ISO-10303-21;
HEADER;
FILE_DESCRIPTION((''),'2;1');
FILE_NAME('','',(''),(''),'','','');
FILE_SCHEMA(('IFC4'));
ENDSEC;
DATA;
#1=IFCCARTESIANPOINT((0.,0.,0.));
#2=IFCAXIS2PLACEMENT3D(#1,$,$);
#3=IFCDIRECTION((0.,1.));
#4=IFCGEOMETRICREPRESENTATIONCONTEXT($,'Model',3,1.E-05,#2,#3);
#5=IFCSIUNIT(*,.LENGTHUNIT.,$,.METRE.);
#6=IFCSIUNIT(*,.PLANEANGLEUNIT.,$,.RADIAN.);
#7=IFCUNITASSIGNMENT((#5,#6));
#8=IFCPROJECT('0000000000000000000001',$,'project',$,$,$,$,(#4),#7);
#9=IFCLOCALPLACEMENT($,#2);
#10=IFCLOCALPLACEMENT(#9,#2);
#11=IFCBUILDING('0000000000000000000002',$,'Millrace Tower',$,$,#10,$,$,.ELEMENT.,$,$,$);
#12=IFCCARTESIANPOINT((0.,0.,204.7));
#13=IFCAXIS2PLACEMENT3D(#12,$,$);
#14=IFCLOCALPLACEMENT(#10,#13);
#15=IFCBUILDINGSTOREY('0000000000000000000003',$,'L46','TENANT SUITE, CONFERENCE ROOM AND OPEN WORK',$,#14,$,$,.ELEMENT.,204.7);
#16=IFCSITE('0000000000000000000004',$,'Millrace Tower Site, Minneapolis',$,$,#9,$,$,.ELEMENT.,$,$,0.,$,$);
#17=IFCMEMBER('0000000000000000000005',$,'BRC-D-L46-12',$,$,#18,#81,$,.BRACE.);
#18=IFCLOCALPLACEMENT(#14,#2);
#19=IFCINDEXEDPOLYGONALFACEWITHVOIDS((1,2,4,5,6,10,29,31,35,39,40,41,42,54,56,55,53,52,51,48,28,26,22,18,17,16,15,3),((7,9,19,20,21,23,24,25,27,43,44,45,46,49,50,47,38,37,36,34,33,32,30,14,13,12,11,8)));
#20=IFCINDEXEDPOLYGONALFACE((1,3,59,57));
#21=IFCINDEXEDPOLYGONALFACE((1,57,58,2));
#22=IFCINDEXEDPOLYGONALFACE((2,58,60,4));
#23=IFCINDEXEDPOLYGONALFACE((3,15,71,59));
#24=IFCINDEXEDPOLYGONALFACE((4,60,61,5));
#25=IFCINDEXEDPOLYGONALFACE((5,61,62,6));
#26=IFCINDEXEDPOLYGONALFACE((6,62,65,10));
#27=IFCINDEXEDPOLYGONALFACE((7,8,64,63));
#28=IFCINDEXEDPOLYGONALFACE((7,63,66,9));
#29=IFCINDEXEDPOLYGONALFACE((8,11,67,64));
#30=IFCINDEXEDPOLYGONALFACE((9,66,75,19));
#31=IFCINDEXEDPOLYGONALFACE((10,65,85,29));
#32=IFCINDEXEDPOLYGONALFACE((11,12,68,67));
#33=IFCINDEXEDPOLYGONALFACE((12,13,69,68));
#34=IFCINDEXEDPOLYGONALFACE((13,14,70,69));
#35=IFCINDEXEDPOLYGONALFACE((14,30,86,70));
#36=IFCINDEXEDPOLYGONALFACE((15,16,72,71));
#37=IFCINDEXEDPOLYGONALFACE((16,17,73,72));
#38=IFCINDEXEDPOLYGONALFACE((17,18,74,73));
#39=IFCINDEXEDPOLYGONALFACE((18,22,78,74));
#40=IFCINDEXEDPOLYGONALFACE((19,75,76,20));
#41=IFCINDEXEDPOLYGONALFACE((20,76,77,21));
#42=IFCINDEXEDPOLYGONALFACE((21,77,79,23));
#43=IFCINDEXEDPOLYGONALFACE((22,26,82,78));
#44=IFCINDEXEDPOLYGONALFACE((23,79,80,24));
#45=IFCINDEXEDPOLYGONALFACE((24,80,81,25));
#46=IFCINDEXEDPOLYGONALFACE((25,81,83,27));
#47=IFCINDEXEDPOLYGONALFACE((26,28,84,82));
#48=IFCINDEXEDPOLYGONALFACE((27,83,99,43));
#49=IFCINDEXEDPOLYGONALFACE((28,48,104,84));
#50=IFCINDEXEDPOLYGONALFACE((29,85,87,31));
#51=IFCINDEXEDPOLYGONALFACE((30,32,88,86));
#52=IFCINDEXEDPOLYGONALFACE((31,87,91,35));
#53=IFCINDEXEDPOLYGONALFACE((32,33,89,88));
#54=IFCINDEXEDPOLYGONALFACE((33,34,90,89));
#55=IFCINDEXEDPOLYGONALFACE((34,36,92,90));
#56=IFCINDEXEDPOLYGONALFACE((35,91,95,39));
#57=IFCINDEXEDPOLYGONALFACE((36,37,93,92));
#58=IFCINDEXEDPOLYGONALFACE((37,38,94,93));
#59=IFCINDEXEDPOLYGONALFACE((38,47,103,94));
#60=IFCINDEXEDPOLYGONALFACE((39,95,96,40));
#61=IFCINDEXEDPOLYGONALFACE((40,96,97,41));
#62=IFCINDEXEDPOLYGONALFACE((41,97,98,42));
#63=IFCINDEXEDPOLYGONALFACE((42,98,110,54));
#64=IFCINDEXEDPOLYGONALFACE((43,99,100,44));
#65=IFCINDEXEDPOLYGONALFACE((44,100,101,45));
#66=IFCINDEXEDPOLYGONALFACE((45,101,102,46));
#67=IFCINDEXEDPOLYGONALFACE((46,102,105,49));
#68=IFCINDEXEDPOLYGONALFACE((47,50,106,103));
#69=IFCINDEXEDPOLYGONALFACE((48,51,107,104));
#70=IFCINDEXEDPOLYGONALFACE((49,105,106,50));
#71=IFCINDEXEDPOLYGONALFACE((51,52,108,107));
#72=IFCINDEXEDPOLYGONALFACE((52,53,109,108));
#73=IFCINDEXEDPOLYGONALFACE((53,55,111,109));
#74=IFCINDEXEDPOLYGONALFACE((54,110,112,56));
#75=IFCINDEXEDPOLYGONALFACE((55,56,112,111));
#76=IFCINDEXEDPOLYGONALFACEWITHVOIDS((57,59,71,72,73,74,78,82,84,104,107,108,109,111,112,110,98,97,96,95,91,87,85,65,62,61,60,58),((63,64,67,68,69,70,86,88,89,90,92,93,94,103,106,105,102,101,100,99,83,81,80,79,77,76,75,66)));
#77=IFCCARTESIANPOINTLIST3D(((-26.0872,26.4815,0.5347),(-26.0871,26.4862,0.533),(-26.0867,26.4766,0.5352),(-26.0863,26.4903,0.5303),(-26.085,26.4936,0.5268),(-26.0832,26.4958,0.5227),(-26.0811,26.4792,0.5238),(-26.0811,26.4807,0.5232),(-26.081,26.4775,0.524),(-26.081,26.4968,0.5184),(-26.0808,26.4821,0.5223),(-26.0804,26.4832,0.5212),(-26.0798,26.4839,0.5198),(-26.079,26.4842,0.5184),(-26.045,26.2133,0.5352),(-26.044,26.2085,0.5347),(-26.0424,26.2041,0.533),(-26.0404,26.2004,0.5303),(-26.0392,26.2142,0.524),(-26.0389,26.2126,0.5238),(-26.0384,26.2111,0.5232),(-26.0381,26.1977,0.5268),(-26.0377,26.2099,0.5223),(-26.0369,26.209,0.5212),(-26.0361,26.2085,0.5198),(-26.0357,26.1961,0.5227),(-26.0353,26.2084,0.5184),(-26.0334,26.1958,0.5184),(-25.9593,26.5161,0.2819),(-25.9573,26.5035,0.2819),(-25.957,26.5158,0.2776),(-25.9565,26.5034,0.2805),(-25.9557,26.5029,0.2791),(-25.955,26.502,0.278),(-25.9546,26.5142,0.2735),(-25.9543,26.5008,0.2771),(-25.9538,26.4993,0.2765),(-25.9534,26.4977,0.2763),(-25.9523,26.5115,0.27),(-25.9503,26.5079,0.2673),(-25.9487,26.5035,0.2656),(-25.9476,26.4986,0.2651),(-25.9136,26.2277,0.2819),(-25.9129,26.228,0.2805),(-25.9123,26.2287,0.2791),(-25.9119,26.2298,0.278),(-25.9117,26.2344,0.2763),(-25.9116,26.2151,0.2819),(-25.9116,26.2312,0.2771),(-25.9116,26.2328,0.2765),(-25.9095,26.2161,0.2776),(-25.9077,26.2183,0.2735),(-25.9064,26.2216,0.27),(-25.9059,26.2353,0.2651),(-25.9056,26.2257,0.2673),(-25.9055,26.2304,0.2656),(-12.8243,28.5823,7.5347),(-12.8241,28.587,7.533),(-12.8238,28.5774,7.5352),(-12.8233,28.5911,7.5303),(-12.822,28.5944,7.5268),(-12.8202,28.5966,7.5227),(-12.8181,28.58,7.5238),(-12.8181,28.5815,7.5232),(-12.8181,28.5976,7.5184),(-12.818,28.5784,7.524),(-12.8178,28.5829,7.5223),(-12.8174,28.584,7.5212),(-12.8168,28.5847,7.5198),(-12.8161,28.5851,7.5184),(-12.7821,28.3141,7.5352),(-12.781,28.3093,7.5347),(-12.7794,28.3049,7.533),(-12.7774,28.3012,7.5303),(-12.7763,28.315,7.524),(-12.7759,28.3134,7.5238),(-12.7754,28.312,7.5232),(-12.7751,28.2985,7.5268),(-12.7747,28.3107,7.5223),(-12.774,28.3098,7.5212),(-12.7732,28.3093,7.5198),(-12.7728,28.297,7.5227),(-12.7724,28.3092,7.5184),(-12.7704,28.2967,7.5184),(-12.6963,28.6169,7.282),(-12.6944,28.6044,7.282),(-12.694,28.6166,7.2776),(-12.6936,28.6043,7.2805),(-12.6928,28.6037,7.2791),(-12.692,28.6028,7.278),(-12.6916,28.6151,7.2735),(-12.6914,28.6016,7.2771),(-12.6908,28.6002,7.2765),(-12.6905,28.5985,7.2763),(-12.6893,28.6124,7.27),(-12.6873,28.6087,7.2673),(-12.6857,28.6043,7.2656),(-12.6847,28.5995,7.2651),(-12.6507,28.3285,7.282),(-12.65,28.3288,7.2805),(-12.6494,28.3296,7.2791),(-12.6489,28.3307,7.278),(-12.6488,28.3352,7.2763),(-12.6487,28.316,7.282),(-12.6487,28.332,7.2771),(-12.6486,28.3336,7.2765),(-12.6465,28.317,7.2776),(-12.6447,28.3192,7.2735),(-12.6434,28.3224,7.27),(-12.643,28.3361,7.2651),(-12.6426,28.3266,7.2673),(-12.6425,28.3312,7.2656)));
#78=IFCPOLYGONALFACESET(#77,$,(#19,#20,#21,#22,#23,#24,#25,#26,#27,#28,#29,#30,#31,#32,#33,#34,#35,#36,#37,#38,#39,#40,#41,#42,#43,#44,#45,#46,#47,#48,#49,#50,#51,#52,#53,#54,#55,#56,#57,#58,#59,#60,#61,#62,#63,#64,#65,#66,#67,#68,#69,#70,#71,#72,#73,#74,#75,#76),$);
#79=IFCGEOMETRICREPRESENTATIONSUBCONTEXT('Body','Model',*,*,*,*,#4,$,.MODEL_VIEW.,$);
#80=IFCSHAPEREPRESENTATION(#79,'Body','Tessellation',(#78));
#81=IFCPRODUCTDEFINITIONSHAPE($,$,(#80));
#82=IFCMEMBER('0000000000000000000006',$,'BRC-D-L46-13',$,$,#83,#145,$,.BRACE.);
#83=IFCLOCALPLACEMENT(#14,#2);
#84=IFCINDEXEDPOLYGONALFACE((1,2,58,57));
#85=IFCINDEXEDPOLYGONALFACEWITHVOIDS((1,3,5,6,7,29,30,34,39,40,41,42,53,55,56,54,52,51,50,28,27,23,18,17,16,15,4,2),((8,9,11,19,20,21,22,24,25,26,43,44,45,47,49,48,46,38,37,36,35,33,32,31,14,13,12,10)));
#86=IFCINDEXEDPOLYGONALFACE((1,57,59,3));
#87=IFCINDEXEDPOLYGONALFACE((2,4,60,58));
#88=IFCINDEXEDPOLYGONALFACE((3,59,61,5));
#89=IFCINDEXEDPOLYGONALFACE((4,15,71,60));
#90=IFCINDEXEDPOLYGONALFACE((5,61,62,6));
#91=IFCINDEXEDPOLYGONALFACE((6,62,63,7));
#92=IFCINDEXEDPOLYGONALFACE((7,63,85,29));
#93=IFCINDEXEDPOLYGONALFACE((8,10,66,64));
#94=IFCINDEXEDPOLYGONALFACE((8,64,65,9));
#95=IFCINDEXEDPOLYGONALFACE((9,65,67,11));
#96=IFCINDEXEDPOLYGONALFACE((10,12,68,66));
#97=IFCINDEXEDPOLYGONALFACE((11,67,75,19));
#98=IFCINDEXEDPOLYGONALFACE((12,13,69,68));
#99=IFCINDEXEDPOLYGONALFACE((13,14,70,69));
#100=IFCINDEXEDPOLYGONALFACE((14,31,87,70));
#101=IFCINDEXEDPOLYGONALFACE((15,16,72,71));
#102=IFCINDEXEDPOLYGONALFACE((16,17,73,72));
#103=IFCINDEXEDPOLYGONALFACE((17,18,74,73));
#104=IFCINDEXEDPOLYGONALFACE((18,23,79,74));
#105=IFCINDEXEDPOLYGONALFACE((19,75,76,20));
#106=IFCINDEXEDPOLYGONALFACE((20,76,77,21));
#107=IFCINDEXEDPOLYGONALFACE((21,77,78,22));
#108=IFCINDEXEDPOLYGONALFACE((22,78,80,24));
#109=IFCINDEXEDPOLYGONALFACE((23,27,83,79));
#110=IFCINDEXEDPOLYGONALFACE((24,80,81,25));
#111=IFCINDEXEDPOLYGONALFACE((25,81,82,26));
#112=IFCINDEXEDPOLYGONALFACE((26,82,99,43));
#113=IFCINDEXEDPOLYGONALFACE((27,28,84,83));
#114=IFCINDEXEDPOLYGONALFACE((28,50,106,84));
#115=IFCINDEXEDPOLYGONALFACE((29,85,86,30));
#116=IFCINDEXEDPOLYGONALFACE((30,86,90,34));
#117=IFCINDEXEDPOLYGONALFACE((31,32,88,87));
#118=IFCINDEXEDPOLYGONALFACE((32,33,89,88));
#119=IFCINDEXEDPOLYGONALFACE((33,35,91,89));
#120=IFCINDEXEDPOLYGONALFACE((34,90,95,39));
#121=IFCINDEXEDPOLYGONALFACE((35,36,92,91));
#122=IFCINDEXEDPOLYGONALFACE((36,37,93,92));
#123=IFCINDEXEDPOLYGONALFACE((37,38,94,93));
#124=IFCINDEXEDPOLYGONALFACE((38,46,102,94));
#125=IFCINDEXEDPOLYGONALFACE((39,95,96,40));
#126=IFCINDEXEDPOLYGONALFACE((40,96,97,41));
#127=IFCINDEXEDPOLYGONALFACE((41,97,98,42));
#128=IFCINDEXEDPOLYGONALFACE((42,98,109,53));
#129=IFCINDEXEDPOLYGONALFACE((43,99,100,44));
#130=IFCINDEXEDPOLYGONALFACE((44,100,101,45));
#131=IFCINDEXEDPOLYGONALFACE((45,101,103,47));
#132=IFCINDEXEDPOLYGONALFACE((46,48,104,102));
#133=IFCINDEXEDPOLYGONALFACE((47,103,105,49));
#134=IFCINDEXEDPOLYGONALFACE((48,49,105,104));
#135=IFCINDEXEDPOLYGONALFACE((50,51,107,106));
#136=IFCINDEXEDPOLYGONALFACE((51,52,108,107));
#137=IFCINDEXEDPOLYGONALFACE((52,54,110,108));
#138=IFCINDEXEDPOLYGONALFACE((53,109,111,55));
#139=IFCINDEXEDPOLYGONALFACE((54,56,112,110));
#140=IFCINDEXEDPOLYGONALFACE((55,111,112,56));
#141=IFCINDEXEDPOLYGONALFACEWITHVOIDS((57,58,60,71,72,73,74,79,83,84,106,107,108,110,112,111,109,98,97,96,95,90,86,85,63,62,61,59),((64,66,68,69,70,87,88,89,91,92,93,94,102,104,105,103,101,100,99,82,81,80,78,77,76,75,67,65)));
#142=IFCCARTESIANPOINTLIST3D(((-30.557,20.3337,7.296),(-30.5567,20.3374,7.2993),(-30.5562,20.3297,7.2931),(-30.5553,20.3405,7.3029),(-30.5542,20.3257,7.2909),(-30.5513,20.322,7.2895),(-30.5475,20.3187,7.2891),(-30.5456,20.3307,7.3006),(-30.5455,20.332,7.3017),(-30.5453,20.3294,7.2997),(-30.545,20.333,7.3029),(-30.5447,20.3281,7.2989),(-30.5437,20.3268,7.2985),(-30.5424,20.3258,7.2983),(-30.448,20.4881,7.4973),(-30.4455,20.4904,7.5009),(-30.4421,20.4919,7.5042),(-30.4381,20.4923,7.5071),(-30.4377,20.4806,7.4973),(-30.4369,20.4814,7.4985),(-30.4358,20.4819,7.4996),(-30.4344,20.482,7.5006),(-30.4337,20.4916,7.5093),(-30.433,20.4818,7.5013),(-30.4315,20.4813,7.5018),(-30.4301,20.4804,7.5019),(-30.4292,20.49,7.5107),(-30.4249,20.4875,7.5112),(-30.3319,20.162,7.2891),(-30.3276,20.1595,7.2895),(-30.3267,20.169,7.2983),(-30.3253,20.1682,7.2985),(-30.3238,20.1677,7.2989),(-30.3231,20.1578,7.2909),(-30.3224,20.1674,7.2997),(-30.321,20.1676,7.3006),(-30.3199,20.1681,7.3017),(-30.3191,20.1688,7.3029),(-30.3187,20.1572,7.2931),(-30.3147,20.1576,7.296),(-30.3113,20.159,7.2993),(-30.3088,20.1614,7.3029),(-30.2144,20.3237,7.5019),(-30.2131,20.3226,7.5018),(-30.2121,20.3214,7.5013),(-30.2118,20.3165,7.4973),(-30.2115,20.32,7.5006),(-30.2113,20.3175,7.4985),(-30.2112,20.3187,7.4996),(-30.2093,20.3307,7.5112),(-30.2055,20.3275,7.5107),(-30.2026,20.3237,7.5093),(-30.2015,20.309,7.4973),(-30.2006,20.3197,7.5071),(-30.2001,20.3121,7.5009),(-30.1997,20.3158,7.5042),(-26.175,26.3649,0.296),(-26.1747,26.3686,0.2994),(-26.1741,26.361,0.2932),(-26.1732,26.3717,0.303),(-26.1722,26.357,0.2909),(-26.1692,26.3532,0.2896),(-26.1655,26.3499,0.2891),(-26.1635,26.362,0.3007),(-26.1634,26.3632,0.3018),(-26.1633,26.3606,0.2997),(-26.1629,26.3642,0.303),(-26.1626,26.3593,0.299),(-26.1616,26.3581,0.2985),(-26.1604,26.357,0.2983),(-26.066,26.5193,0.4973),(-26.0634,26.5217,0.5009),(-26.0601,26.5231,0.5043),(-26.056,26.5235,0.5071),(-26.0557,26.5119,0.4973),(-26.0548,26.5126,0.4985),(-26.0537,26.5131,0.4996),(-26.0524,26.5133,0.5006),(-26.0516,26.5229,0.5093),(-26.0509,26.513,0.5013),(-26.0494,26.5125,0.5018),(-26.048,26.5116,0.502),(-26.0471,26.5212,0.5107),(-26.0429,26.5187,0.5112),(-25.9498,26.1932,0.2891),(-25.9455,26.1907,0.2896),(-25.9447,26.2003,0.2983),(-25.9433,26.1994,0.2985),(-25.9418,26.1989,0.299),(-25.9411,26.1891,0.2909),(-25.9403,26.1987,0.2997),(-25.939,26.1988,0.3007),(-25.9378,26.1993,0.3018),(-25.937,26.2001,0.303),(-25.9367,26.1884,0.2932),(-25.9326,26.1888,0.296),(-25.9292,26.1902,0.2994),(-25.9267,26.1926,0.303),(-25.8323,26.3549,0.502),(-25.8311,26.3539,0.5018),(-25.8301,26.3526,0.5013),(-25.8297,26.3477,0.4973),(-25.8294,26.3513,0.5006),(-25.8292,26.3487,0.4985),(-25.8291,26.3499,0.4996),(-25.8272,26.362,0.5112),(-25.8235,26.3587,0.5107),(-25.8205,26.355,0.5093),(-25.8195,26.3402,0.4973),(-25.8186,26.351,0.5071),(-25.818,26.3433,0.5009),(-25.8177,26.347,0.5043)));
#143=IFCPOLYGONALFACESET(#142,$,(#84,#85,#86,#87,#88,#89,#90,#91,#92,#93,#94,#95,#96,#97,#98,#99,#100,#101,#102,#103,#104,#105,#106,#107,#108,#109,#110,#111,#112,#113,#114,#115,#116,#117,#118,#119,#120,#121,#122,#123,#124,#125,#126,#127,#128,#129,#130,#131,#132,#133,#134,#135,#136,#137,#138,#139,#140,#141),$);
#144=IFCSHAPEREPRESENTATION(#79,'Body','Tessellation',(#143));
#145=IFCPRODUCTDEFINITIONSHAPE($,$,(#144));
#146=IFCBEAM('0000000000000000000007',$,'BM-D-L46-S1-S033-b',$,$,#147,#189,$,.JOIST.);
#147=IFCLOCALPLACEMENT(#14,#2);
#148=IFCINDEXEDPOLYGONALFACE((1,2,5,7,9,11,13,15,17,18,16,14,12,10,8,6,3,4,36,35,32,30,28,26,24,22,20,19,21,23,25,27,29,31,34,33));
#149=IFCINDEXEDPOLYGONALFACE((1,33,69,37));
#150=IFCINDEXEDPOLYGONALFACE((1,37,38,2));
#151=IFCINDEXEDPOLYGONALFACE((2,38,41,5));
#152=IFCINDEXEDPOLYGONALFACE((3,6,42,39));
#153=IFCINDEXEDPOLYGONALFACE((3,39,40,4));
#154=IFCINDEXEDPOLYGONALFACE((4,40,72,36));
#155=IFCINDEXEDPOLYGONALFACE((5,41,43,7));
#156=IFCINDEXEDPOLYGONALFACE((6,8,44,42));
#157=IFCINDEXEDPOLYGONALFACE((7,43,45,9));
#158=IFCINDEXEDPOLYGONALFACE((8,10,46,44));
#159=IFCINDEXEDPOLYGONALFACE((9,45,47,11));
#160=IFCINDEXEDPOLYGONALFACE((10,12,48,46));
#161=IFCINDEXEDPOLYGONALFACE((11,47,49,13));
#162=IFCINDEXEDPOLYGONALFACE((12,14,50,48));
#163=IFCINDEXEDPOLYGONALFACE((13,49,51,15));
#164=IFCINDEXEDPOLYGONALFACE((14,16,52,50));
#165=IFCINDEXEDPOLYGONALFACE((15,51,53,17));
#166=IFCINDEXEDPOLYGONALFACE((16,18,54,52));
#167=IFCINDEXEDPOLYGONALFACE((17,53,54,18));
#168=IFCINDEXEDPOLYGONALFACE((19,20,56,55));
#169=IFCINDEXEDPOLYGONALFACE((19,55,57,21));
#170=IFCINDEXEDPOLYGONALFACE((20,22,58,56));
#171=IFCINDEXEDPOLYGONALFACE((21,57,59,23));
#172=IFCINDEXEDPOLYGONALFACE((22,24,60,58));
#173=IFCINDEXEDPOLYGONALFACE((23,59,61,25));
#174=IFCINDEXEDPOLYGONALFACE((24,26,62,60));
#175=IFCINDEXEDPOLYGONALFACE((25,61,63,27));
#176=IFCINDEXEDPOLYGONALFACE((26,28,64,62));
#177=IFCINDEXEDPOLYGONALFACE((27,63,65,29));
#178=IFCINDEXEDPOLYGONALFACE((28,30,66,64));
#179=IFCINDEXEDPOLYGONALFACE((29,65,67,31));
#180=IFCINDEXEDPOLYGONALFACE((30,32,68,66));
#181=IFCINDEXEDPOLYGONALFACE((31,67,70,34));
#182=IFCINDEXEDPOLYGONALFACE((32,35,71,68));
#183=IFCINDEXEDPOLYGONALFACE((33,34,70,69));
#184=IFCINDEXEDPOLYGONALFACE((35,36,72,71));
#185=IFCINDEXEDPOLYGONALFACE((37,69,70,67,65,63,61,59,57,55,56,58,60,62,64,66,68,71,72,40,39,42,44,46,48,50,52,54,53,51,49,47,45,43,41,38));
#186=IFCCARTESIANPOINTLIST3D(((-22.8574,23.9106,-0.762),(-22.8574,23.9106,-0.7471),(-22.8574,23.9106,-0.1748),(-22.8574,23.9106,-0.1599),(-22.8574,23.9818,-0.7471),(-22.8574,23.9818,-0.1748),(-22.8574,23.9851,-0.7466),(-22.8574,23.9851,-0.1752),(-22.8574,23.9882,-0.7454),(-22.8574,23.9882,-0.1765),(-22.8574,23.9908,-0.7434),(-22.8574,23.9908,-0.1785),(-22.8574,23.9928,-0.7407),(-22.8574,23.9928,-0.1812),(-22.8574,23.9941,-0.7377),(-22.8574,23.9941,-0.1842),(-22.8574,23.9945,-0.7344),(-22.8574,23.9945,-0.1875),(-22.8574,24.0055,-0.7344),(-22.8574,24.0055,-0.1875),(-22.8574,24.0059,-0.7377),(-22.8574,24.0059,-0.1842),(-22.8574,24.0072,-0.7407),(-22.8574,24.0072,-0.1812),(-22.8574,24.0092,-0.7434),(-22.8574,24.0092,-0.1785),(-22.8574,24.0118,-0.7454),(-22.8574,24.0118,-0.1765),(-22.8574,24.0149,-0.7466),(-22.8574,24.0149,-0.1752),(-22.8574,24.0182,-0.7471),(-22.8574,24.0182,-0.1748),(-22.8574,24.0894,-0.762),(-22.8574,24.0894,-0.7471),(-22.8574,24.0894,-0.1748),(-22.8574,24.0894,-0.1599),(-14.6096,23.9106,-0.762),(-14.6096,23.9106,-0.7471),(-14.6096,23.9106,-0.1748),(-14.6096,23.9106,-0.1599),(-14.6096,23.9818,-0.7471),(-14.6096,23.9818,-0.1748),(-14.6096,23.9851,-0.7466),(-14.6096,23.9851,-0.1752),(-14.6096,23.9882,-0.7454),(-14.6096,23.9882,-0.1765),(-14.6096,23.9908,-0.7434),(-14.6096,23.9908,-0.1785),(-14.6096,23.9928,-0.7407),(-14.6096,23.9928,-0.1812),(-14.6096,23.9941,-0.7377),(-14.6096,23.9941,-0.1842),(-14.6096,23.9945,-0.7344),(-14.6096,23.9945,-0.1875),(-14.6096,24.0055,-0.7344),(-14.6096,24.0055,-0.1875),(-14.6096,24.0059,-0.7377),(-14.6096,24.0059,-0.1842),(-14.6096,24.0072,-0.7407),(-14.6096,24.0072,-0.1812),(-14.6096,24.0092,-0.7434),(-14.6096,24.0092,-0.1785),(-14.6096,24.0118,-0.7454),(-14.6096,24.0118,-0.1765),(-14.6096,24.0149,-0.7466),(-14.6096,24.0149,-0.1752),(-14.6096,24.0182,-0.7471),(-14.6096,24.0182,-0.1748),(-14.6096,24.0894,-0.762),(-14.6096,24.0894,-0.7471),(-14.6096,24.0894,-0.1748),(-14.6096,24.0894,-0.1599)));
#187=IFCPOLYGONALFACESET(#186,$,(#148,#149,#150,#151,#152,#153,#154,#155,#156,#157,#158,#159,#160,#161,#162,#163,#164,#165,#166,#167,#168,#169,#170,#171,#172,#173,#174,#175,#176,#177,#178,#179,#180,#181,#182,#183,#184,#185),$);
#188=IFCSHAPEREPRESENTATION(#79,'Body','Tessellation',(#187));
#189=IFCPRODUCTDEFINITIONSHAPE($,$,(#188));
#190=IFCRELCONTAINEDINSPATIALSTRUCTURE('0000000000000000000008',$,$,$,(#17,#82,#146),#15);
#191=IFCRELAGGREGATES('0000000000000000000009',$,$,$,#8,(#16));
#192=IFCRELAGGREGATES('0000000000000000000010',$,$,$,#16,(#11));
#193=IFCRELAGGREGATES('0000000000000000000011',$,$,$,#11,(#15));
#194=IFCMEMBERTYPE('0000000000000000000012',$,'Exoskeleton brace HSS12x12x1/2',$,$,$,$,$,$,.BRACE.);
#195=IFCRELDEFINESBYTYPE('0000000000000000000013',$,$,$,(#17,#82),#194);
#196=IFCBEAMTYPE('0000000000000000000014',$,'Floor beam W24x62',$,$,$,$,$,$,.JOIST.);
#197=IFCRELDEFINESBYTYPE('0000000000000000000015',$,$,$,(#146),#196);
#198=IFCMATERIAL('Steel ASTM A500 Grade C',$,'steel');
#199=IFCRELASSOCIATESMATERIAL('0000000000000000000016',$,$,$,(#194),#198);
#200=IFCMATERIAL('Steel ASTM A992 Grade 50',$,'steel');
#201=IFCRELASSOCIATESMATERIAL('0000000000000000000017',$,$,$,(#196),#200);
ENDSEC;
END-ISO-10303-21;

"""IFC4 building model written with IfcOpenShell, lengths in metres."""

from ifc_helpers import new_model, si_unit, direction, frame, origin, origin_2d, place, context, subcontext, project, spatial, hollow_rectangle, i_section, extrude, material, material_profile, profile_set, type_object, element, save


model = new_model("IFC4")

# Units and contexts
model_context = context("Model", 3, precision=1e-05, world=origin(), true_north=direction((0.0, 1.0)))
body_context = subcontext(model_context, "Body", "Model", "MODEL_VIEW")
ifc_project = project(units=[si_unit("LENGTHUNIT", "METRE"), si_unit("PLANEANGLEUNIT", "RADIAN")], contexts=[model_context])

# Site, building, storey
site_placement = place(None, origin())
site = spatial("IfcSite", under=ifc_project, at=site_placement, Name="Millrace Tower Site, Minneapolis", CompositionType="ELEMENT", RefElevation=0.0)
building_placement = place(site_placement, origin())
building = spatial("IfcBuilding", under=site, at=building_placement, Name="Millrace Tower", CompositionType="ELEMENT")
storey_placement = place(building_placement, frame((0.0, 0.0, 204.7)))
storey = spatial("IfcBuildingStorey", under=building, at=storey_placement, Name="L46", Description="TENANT SUITE, CONFERENCE ROOM AND OPEN WORK", CompositionType="ELEMENT", Elevation=204.7)

# Members
ifc_material_1 = material(Name="Steel ASTM A500 Grade C", Category="steel")
ifc_material_profile_1 = material_profile(ifc_material_1, hollow_rectangle(XDim=0.3047, YDim=0.3047, WallThickness=0.0127, InnerFilletRadius=0.0063, OuterFilletRadius=0.019, at=origin_2d()))
ifc_profile_set_1 = profile_set([ifc_material_profile_1], Name="Steel ASTM A500 Grade C")
member_type_1 = type_object("IfcMemberType", Name="Exoskeleton brace HSS12x12x1/2", PredefinedType="BRACE", material=ifc_profile_set_1)
member_1_placement = place(storey_placement, frame((-25.9963, 26.356, 0.4001), z_axis=(0.87583, 0.13873, 0.462251), x_axis=(-0.156448, 0.987686, 0.0)))
element("IfcMember", 1, at=member_1_placement, inside=storey, type_object=member_type_1, Name="BRC-D-L46-12", PredefinedType="BRACE", context=body_context, shape_type="SweptSolid", body=[
    extrude(hollow_rectangle(XDim=0.3047, YDim=0.3047, WallThickness=0.0127, InnerFilletRadius=0.0063, OuterFilletRadius=0.019, at=origin_2d()), origin(), (0.0, 0.0, 1.0), 15.1433),
])
member_2_placement = place(storey_placement, frame((-25.9963, 26.356, 0.4001), z_axis=(-0.428508, -0.589774, 0.684505), x_axis=(0.809009, -0.587796, 0.0)))
element("IfcMember", 2, at=member_2_placement, inside=storey, type_object=member_type_1, Name="BRC-D-L46-13", PredefinedType="BRACE", context=body_context, shape_type="SweptSolid", body=[
    extrude(hollow_rectangle(XDim=0.3047, YDim=0.3047, WallThickness=0.0127, InnerFilletRadius=0.0063, OuterFilletRadius=0.019, at=origin_2d()), origin(), (0.0, 0.0, 1.0), 10.2263),
])

# Beam
ifc_material_2 = material(Name="Steel ASTM A992 Grade 50", Category="steel")
ifc_material_profile_2 = material_profile(ifc_material_2, i_section(OverallWidth=0.1787, OverallDepth=0.6021, WebThickness=0.011, FlangeThickness=0.0149, FilletRadius=0.0127, at=origin_2d()))
ifc_profile_set_2 = profile_set([ifc_material_profile_2], Name="Steel ASTM A992 Grade 50")
beam_type_1 = type_object("IfcBeamType", Name="Floor beam W24x62", PredefinedType="JOIST", material=ifc_profile_set_2)
beam_1_placement = place(storey_placement, frame((-22.8574, 24.0, -0.4609), z_axis=(1.0, 0.0, 0.0), x_axis=(0.0, 1.0, 0.0)))
element("IfcBeam", 3, at=beam_1_placement, inside=storey, type_object=beam_type_1, Name="BM-D-L46-S1-S033-b", PredefinedType="JOIST", context=body_context, shape_type="SweptSolid", body=[
    extrude(i_section(OverallWidth=0.1787, OverallDepth=0.6021, WebThickness=0.011, FlangeThickness=0.0149, FilletRadius=0.0127, at=origin_2d()), origin(), (0.0, 0.0, 1.0), 8.2478),
])

save(model, "model.ifc")
